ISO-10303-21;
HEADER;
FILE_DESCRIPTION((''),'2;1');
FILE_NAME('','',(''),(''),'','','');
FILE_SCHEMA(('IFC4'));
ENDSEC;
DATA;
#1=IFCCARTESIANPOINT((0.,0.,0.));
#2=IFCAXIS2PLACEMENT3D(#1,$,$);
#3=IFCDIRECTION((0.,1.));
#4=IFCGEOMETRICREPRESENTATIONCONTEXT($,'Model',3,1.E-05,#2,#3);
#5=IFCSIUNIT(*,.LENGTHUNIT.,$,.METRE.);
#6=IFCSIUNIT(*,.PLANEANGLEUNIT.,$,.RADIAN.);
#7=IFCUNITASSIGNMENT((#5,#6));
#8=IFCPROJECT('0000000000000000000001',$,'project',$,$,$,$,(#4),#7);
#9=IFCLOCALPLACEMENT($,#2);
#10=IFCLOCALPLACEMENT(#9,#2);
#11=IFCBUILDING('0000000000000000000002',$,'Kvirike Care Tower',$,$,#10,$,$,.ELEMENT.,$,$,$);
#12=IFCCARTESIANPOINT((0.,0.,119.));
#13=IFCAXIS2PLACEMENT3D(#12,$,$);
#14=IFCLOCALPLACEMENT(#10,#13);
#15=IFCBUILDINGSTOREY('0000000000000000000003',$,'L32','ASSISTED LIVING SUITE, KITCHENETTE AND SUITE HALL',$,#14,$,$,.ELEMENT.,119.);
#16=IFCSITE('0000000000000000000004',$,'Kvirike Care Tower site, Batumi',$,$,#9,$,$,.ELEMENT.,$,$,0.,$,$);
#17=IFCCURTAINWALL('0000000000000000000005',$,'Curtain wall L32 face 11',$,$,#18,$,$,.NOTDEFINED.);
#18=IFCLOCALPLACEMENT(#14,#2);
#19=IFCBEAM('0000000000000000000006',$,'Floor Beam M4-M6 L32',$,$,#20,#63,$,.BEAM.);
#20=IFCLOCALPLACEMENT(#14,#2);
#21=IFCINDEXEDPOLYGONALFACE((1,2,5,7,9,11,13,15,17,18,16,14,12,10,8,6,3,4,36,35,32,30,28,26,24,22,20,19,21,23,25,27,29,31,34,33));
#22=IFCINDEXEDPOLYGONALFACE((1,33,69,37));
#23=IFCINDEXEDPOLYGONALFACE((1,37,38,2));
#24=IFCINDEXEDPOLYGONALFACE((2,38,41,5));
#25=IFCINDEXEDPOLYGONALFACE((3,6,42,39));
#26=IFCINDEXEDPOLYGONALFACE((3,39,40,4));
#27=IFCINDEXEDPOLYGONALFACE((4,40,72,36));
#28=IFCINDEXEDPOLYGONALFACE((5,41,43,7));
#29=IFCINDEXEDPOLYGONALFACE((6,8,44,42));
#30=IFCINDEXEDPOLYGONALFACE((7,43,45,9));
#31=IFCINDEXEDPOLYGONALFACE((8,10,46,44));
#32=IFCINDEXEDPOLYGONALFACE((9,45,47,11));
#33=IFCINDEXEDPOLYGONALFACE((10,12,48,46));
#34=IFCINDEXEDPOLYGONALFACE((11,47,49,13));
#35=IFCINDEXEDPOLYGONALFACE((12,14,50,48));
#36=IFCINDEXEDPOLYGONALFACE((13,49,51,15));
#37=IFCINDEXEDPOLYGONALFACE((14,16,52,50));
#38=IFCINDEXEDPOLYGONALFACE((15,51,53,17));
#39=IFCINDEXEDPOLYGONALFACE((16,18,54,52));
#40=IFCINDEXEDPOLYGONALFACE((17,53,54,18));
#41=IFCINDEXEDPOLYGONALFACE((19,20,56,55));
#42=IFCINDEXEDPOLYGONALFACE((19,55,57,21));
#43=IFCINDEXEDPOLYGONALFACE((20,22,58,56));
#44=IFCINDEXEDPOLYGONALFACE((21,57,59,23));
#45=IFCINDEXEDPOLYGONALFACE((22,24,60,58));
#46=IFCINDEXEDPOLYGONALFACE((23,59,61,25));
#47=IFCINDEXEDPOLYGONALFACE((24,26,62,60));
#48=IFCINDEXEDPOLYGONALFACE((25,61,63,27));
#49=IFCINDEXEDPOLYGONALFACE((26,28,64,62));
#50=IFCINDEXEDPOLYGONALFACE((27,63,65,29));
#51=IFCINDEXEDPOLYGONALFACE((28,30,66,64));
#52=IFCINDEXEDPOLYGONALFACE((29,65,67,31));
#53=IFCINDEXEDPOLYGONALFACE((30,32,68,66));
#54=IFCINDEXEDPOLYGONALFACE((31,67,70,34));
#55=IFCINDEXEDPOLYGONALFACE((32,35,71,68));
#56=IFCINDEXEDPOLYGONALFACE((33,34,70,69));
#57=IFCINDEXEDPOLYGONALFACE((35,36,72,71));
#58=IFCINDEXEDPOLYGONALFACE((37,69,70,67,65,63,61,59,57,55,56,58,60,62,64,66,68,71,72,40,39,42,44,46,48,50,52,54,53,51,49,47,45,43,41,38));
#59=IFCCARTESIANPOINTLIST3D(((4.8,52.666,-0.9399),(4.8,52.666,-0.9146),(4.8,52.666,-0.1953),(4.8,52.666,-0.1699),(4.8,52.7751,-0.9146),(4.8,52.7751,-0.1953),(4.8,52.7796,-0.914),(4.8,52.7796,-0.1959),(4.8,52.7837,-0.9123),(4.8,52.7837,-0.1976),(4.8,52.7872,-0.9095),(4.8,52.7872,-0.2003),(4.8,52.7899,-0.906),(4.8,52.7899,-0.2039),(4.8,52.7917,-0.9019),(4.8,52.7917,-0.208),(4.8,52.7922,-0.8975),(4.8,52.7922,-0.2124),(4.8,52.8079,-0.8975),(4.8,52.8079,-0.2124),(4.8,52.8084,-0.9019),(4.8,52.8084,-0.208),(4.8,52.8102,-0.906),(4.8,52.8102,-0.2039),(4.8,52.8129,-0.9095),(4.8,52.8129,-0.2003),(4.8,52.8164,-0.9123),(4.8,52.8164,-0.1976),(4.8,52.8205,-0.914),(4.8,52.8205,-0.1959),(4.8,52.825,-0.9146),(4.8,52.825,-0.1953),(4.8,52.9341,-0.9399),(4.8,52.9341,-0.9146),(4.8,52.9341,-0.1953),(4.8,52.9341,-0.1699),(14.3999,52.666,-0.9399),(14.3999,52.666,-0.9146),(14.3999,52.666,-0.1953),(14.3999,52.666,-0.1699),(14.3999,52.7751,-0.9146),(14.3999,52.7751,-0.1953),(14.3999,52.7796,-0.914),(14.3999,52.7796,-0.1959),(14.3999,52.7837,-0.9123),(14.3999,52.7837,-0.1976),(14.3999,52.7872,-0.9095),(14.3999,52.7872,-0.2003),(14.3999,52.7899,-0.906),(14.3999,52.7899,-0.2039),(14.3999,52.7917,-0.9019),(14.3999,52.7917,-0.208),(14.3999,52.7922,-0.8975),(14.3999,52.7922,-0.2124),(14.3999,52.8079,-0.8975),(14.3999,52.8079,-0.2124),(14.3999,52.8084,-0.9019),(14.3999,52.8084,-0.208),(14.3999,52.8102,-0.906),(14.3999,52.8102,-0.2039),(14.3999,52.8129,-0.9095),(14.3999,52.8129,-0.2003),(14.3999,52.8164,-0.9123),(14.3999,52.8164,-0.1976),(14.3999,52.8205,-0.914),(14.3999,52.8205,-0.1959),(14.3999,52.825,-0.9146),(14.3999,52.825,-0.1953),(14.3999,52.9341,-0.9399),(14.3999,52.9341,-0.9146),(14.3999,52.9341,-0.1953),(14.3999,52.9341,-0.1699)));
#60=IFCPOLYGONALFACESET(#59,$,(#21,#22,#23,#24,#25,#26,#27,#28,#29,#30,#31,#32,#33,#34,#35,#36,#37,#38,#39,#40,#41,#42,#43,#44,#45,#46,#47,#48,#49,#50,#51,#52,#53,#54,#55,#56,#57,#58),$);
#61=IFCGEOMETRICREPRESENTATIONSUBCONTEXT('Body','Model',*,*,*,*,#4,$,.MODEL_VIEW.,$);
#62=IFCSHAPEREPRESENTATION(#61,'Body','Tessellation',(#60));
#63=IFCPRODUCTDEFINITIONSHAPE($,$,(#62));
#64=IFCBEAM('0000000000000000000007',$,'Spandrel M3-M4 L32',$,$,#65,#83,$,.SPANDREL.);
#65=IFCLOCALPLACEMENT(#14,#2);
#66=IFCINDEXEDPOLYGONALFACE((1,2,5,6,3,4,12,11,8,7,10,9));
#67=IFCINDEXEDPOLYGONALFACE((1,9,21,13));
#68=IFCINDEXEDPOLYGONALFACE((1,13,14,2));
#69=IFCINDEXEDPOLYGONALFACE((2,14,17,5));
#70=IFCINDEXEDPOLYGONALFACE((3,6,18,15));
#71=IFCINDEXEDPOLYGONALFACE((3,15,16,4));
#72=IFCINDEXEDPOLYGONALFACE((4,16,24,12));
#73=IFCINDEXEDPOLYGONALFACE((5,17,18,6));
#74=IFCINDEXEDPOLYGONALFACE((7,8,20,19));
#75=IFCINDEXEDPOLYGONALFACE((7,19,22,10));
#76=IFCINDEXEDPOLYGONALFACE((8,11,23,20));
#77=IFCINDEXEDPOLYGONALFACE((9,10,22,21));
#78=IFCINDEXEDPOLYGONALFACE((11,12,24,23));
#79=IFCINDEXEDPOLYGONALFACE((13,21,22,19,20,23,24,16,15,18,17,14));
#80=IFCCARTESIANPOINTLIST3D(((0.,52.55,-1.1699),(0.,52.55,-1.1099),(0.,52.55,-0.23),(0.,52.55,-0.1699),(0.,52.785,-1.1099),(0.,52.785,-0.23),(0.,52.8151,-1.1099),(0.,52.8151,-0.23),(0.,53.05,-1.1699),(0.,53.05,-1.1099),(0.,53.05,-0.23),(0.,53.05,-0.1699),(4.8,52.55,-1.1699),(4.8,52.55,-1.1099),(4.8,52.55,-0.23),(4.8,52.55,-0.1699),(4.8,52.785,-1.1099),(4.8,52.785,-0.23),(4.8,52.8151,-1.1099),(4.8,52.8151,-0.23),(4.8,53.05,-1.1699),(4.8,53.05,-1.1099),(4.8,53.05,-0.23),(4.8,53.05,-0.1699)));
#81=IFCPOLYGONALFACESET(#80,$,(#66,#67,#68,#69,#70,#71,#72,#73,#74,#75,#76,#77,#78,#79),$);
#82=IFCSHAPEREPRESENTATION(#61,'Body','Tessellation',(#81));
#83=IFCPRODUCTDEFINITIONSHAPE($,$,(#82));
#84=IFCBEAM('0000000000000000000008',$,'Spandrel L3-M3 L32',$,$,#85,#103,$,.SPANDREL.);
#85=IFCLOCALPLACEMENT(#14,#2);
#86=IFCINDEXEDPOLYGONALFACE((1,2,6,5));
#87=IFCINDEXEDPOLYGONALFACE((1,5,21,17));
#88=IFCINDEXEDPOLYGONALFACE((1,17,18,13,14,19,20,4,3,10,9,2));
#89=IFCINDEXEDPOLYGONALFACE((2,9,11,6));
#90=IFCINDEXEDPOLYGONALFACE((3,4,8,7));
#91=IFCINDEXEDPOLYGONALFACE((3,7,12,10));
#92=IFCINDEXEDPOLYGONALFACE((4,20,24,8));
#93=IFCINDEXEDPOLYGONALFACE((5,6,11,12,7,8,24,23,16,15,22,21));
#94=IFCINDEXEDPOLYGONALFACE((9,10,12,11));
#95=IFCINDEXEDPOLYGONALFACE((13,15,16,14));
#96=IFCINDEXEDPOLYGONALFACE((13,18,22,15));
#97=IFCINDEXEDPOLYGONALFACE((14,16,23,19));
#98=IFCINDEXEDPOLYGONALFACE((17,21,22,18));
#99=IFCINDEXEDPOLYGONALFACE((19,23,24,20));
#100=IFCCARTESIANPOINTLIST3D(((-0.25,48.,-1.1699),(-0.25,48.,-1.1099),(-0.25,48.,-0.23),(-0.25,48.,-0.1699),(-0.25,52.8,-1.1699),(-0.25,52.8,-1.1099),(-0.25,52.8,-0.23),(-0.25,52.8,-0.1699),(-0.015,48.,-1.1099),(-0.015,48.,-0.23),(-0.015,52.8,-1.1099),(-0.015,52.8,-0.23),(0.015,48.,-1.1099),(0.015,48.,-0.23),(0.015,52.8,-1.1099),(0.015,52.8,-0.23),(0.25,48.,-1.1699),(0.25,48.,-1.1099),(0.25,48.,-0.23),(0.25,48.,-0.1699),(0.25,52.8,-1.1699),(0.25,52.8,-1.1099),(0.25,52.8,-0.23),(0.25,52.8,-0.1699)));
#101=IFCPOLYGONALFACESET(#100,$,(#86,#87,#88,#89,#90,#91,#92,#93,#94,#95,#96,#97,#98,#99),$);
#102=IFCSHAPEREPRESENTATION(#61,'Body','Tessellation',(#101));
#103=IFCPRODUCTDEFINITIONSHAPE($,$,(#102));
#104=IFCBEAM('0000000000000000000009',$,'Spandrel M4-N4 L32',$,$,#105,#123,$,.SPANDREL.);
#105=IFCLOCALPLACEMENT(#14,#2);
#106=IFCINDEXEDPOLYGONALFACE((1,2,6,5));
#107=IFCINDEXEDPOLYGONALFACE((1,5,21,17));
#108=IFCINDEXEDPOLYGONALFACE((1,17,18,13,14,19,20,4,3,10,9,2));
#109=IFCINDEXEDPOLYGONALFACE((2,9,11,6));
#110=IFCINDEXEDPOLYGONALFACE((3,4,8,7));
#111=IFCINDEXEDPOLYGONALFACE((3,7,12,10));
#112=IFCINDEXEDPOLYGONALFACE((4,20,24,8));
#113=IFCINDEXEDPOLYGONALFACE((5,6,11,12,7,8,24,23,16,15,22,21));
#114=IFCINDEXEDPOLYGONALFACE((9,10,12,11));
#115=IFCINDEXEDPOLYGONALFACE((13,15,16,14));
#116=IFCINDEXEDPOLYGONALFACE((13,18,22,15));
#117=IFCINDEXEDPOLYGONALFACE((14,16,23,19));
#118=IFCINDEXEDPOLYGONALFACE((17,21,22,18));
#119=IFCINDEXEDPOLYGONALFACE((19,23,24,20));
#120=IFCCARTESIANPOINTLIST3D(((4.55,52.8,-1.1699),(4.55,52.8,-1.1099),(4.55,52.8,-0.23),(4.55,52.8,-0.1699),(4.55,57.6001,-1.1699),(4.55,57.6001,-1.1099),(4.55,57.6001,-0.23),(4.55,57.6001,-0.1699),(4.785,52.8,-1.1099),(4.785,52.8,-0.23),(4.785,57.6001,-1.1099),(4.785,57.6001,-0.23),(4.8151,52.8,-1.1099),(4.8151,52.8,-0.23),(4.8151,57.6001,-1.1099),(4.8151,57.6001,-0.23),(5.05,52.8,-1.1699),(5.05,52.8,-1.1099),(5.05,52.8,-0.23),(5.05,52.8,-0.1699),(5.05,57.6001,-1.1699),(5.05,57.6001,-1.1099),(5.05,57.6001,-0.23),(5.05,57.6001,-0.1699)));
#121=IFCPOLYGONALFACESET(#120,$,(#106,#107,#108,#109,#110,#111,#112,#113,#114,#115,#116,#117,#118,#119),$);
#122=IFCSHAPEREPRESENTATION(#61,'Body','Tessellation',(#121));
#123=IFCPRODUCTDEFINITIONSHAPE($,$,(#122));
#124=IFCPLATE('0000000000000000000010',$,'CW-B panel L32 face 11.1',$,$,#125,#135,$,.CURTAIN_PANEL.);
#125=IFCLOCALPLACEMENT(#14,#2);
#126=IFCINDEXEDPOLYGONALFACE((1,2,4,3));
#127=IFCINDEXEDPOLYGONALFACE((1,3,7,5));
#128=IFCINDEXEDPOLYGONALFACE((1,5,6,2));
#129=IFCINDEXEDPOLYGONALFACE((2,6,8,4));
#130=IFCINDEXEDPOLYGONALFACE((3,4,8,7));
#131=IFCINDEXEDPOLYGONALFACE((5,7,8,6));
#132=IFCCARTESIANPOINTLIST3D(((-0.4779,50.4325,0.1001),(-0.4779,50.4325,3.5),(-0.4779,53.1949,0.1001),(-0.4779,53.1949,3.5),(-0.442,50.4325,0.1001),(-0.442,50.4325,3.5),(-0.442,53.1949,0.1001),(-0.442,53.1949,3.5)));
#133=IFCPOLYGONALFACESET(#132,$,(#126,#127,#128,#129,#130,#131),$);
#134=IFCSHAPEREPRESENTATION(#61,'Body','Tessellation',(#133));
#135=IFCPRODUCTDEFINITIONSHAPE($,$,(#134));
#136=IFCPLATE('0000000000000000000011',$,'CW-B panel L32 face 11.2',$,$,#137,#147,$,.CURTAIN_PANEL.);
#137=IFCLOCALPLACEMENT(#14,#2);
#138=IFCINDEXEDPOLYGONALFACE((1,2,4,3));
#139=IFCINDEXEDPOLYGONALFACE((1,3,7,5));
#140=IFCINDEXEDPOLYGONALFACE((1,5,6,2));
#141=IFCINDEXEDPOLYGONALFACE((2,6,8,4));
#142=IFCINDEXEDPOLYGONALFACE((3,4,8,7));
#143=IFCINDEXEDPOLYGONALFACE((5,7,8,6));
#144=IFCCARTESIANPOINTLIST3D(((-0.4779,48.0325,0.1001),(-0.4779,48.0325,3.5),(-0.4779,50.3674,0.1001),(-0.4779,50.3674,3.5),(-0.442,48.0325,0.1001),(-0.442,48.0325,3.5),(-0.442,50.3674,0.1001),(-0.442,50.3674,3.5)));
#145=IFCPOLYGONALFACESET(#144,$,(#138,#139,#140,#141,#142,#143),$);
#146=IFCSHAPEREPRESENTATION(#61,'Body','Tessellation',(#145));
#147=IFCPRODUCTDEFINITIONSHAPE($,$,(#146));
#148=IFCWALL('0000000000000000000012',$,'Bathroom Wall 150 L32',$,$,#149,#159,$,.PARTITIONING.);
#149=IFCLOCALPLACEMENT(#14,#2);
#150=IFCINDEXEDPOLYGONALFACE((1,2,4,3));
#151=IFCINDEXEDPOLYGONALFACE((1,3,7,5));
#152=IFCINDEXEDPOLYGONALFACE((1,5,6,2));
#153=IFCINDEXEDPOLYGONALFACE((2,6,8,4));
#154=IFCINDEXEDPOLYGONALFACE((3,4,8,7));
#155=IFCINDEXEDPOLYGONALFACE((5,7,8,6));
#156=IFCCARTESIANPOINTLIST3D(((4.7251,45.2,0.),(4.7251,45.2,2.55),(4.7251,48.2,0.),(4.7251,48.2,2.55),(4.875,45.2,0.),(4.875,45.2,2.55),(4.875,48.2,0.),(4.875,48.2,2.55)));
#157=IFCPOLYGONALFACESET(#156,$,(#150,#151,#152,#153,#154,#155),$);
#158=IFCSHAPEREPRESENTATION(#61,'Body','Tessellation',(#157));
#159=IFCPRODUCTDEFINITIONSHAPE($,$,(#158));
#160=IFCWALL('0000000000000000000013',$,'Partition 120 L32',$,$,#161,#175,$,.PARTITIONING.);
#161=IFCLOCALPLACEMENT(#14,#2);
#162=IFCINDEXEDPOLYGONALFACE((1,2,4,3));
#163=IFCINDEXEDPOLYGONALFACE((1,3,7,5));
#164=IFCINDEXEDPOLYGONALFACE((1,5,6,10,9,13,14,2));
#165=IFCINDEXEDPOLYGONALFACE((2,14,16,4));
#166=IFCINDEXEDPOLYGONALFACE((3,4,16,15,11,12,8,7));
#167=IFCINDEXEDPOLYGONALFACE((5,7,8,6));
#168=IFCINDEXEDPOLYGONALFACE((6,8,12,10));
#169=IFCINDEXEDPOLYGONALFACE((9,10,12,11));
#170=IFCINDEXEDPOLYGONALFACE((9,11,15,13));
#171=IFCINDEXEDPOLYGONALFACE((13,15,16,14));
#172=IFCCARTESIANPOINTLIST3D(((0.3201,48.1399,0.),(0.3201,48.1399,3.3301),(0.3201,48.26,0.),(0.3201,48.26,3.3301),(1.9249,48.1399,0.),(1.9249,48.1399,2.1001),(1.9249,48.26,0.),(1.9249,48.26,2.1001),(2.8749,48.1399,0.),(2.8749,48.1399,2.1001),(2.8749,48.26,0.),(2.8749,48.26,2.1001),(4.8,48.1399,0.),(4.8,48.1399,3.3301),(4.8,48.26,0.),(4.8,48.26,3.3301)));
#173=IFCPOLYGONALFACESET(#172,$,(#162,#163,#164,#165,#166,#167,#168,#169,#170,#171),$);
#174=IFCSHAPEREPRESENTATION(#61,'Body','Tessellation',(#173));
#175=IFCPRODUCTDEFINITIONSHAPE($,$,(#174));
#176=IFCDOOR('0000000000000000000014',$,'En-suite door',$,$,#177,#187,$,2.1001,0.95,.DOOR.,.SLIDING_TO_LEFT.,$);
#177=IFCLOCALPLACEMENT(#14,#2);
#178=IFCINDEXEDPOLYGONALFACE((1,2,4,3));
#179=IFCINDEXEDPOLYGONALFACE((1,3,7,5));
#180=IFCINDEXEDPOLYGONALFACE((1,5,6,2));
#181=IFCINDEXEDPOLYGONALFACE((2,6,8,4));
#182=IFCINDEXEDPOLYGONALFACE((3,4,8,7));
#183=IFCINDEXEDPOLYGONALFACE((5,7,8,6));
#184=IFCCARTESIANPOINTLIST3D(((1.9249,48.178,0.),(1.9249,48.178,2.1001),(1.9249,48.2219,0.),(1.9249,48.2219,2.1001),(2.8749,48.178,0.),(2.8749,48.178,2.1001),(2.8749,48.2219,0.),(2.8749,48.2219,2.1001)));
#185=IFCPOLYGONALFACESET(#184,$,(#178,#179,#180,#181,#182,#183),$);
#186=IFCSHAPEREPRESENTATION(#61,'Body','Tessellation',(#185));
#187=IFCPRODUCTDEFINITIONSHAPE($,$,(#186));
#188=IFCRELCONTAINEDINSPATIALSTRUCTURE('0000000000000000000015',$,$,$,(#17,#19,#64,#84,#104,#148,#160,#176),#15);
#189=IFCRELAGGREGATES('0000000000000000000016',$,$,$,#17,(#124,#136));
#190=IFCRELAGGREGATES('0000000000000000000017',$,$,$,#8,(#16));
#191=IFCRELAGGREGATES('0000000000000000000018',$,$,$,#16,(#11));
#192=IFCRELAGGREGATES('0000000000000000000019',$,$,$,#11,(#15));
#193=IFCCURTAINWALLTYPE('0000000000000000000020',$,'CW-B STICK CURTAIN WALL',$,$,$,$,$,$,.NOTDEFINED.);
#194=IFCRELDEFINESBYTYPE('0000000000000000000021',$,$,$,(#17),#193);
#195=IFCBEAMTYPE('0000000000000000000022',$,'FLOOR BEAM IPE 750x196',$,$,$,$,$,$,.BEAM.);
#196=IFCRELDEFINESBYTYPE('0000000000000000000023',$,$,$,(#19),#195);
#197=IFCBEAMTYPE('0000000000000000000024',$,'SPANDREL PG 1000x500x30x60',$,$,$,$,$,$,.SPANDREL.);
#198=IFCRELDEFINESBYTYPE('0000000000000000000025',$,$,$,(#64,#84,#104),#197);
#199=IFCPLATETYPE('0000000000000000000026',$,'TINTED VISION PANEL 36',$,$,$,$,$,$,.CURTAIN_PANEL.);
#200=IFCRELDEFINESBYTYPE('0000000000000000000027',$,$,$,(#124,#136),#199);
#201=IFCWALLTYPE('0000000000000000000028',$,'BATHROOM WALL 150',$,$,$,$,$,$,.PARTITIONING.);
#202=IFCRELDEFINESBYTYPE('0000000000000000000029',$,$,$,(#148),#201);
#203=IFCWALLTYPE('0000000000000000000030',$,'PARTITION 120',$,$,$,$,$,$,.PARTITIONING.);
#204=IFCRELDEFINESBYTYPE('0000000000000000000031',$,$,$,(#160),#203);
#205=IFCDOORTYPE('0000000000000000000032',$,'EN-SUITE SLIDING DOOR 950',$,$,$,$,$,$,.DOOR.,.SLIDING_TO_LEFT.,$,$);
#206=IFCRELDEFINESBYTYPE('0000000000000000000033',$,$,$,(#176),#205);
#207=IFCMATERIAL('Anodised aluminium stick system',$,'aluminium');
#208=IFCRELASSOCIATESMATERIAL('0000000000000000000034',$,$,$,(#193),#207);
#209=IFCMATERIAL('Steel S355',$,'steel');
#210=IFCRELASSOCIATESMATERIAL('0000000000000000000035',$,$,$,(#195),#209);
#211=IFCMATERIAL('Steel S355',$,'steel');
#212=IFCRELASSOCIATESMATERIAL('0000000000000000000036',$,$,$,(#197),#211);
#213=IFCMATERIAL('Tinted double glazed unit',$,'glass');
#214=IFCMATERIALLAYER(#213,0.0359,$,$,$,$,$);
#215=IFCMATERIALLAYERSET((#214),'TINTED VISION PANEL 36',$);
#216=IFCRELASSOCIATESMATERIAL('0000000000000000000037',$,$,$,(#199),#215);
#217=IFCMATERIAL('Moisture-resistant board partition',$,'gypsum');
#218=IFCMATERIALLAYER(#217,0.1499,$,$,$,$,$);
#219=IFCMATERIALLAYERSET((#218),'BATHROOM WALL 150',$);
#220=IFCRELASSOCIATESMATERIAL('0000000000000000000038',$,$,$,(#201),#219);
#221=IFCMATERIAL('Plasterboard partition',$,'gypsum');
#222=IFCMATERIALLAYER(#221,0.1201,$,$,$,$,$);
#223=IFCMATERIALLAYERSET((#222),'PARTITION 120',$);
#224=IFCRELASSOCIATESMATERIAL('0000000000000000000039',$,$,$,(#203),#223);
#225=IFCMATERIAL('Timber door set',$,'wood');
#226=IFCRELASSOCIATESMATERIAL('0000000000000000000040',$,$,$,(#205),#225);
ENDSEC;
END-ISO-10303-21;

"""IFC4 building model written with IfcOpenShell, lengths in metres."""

from ifc_helpers import new_model, si_unit, direction, frame, frame_2d, origin, origin_2d, place, context, subcontext, project, spatial, rectangle, i_section, extrude, material, layer, layer_set, material_profile, profile_set, type_object, element, fill, aggregate, save


model = new_model("IFC4")

# Units and contexts
model_context = context("Model", 3, precision=1e-05, world=origin(), true_north=direction((0.0, 1.0)))
body_context = subcontext(model_context, "Body", "Model", "MODEL_VIEW")
ifc_project = project(units=[si_unit("LENGTHUNIT", "METRE"), si_unit("PLANEANGLEUNIT", "RADIAN")], contexts=[model_context])

# Site, building, storey
site_placement = place(None, origin())
site = spatial("IfcSite", under=ifc_project, at=site_placement, Name="Kvirike Care Tower site, Batumi", CompositionType="ELEMENT", RefElevation=0.0)
building_placement = place(site_placement, origin())
building = spatial("IfcBuilding", under=site, at=building_placement, Name="Kvirike Care Tower", CompositionType="ELEMENT")
storey_placement = place(building_placement, frame((0.0, 0.0, 119.0)))
storey = spatial("IfcBuildingStorey", under=building, at=storey_placement, Name="L32", Description="ASSISTED LIVING SUITE, KITCHENETTE AND SUITE HALL", CompositionType="ELEMENT", Elevation=119.0)

# Shared definitions
ifc_material_1 = material(Name="Anodised aluminium stick system", Category="aluminium")
curtain_wall_type = type_object("IfcCurtainWallType", Name="CW-B STICK CURTAIN WALL", PredefinedType="NOTDEFINED", material=ifc_material_1)

# Curtain wall
curtain_wall_1_placement = place(storey_placement, origin())
curtain_wall_1 = element("IfcCurtainWall", 1, at=curtain_wall_1_placement, inside=storey, type_object=curtain_wall_type, Name="Curtain wall L32 face 11", PredefinedType="NOTDEFINED")

# Beams
ifc_material_2 = material(Name="Steel S355", Category="steel")
ifc_material_profile_1 = material_profile(ifc_material_2, i_section(OverallWidth=0.2681, OverallDepth=0.77, WebThickness=0.0156, FlangeThickness=0.0254, FilletRadius=0.0171, at=origin_2d()), Name="IPE 750x196")
ifc_profile_set_1 = profile_set([ifc_material_profile_1], Name="Steel S355")
beam_type_1 = type_object("IfcBeamType", Name="FLOOR BEAM IPE 750x196", PredefinedType="BEAM", material=ifc_profile_set_1)
beam_1_placement = place(storey_placement, frame((4.8, 52.8, -0.5549), z_axis=(1.0, 0.0, 0.0), x_axis=(0.0, 1.0, 0.0)))
element("IfcBeam", 2, at=beam_1_placement, inside=storey, type_object=beam_type_1, Name="Floor Beam M4-M6 L32", PredefinedType="BEAM", context=body_context, shape_type="SweptSolid", body=[
    extrude(i_section(OverallWidth=0.2681, OverallDepth=0.77, WebThickness=0.0156, FlangeThickness=0.0254, FilletRadius=0.0171, at=origin_2d()), origin(), (0.0, 0.0, 1.0), 9.5999),
])
ifc_material_3 = material(Name="Steel S355", Category="steel")
ifc_material_profile_2 = material_profile(ifc_material_3, i_section(OverallWidth=0.5, OverallDepth=1.0, WebThickness=0.03, FlangeThickness=0.0601, at=origin_2d()), Name="PG 1000x500x30x60")
ifc_profile_set_2 = profile_set([ifc_material_profile_2], Name="Steel S355")
beam_type_2 = type_object("IfcBeamType", Name="SPANDREL PG 1000x500x30x60", PredefinedType="SPANDREL", material=ifc_profile_set_2)
for number, where, z_axis, x_axis, name in (
    (3, (0.0, 52.8, -0.6699), (1.0, 0.0, 0.0), (0.0, 1.0, 0.0), "Spandrel M3-M4 L32"),
    (4, (0.0, 48.0, -0.6699), (0.0, 1.0, 0.0), (-1.0, 0.0, 0.0), "Spandrel L3-M3 L32"),
    (5, (4.8, 52.8, -0.6699), (0.0, 1.0, 0.0), (-1.0, 0.0, 0.0), "Spandrel M4-N4 L32"),
):
    element("IfcBeam", number, at=place(storey_placement, frame(where, z_axis=z_axis, x_axis=x_axis)), inside=storey, type_object=beam_type_2, Name=name, PredefinedType="SPANDREL", context=body_context, shape_type="SweptSolid", body=[
        extrude(i_section(OverallWidth=0.5, OverallDepth=1.0, WebThickness=0.03, FlangeThickness=0.0601, at=origin_2d()), origin(), (0.0, 0.0, 1.0), 4.8),
    ])

# Plates
ifc_material_4 = material(Name="Tinted double glazed unit", Category="glass")
ifc_layer_1 = layer(ifc_material_4, 0.0359)
ifc_layer_set_1 = layer_set([ifc_layer_1], Name="TINTED VISION PANEL 36")
plate_type = type_object("IfcPlateType", Name="TINTED VISION PANEL 36", PredefinedType="CURTAIN_PANEL", material=ifc_layer_set_1)
plate_1_placement = place(storey_placement, frame((-0.46, 51.8137, 0.1001), z_axis=(0.0, 0.0, 1.0), x_axis=(0.0, -1.0, 0.0)))
plate_1 = element("IfcPlate", 6, at=plate_1_placement, type_object=plate_type, Name="CW-B panel L32 face 11.1", PredefinedType="CURTAIN_PANEL", context=body_context, shape_type="SweptSolid", body=[
    extrude(rectangle(XDim=2.7625, YDim=0.0359, at=origin_2d()), origin(), (0.0, 0.0, 1.0), 3.3999),
])
plate_2_placement = place(storey_placement, frame((-0.46, 49.2, 0.1001), z_axis=(0.0, 0.0, 1.0), x_axis=(0.0, -1.0, 0.0)))
plate_2 = element("IfcPlate", 7, at=plate_2_placement, type_object=plate_type, Name="CW-B panel L32 face 11.2", PredefinedType="CURTAIN_PANEL", context=body_context, shape_type="SweptSolid", body=[
    extrude(rectangle(XDim=2.335, YDim=0.0359, at=origin_2d()), origin(), (0.0, 0.0, 1.0), 3.3999),
])
aggregate(curtain_wall_1, [plate_1, plate_2])

# Wall
ifc_material_5 = material(Name="Moisture-resistant board partition", Category="gypsum")
ifc_layer_2 = layer(ifc_material_5, 0.1499)
ifc_layer_set_2 = layer_set([ifc_layer_2], Name="BATHROOM WALL 150")
wall_type_1 = type_object("IfcWallType", Name="BATHROOM WALL 150", PredefinedType="PARTITIONING", material=ifc_layer_set_2)
wall_1_placement = place(storey_placement, frame((4.8, 48.2, 0.0), z_axis=(0.0, 0.0, 1.0), x_axis=(0.0, -1.0, 0.0)))
element("IfcWall", 8, at=wall_1_placement, inside=storey, type_object=wall_type_1, Name="Bathroom Wall 150 L32", PredefinedType="PARTITIONING", context=body_context, shape_type="SweptSolid", body=[
    extrude(rectangle(XDim=3.0, YDim=0.1499, at=frame_2d((1.5, 0.0))), origin(), (0.0, 0.0, 1.0), 2.55),
])

# Wall, opening, door
ifc_material_6 = material(Name="Plasterboard partition", Category="gypsum")
ifc_layer_3 = layer(ifc_material_6, 0.1201)
ifc_layer_set_3 = layer_set([ifc_layer_3], Name="PARTITION 120")
wall_type_2 = type_object("IfcWallType", Name="PARTITION 120", PredefinedType="PARTITIONING", material=ifc_layer_set_3)
wall_2_placement = place(storey_placement, frame((4.8, 48.2, 0.0), z_axis=(0.0, 0.0, 1.0), x_axis=(-1.0, 0.0, 0.0)))
wall_2 = element("IfcWall", 9, at=wall_2_placement, inside=storey, type_object=wall_type_2, Name="Partition 120 L32", PredefinedType="PARTITIONING", context=body_context, shape_type="SweptSolid", body=[
    extrude(rectangle(XDim=4.48, YDim=0.1201, at=frame_2d((2.24, 0.0))), origin(), (0.0, 0.0, 1.0), 3.3301),
])
opening_1_placement = place(wall_2_placement, frame((1.925, 0.0, 0.0)))
opening_1 = element("IfcOpeningElement", 10, at=opening_1_placement, cuts=wall_2, PredefinedType="OPENING", context=body_context, shape_type="SweptSolid", body=[
    extrude(rectangle(XDim=0.95, YDim=2.1001, at=frame_2d((0.4751, 1.05))), frame((0.0, 0.0706, 0.0), z_axis=(0.0, -1.0, 0.0), x_axis=(1.0, 0.0, 0.0)), (0.0, 0.0, 1.0), 0.1411),
])
ifc_material_7 = material(Name="Timber door set", Category="wood")
door_type_1 = type_object("IfcDoorType", Name="EN-SUITE SLIDING DOOR 950", OperationType="SLIDING_TO_LEFT", PredefinedType="DOOR", material=ifc_material_7)
door_1_placement = place(opening_1_placement, origin())
door_1 = element("IfcDoor", 11, at=door_1_placement, inside=storey, type_object=door_type_1, Name="En-suite door", OperationType="SLIDING_TO_LEFT", OverallHeight=2.1001, OverallWidth=0.95, PredefinedType="DOOR", context=body_context, shape_type="SweptSolid", body=[
    extrude(rectangle(XDim=0.95, YDim=2.1001, at=frame_2d((0.4751, 1.05))), frame((0.0, 0.022, 0.0), z_axis=(0.0, -1.0, 0.0), x_axis=(1.0, 0.0, 0.0)), (0.0, 0.0, 1.0), 0.0439),
])
fill(opening_1, door_1)

save(model, "model.ifc")
